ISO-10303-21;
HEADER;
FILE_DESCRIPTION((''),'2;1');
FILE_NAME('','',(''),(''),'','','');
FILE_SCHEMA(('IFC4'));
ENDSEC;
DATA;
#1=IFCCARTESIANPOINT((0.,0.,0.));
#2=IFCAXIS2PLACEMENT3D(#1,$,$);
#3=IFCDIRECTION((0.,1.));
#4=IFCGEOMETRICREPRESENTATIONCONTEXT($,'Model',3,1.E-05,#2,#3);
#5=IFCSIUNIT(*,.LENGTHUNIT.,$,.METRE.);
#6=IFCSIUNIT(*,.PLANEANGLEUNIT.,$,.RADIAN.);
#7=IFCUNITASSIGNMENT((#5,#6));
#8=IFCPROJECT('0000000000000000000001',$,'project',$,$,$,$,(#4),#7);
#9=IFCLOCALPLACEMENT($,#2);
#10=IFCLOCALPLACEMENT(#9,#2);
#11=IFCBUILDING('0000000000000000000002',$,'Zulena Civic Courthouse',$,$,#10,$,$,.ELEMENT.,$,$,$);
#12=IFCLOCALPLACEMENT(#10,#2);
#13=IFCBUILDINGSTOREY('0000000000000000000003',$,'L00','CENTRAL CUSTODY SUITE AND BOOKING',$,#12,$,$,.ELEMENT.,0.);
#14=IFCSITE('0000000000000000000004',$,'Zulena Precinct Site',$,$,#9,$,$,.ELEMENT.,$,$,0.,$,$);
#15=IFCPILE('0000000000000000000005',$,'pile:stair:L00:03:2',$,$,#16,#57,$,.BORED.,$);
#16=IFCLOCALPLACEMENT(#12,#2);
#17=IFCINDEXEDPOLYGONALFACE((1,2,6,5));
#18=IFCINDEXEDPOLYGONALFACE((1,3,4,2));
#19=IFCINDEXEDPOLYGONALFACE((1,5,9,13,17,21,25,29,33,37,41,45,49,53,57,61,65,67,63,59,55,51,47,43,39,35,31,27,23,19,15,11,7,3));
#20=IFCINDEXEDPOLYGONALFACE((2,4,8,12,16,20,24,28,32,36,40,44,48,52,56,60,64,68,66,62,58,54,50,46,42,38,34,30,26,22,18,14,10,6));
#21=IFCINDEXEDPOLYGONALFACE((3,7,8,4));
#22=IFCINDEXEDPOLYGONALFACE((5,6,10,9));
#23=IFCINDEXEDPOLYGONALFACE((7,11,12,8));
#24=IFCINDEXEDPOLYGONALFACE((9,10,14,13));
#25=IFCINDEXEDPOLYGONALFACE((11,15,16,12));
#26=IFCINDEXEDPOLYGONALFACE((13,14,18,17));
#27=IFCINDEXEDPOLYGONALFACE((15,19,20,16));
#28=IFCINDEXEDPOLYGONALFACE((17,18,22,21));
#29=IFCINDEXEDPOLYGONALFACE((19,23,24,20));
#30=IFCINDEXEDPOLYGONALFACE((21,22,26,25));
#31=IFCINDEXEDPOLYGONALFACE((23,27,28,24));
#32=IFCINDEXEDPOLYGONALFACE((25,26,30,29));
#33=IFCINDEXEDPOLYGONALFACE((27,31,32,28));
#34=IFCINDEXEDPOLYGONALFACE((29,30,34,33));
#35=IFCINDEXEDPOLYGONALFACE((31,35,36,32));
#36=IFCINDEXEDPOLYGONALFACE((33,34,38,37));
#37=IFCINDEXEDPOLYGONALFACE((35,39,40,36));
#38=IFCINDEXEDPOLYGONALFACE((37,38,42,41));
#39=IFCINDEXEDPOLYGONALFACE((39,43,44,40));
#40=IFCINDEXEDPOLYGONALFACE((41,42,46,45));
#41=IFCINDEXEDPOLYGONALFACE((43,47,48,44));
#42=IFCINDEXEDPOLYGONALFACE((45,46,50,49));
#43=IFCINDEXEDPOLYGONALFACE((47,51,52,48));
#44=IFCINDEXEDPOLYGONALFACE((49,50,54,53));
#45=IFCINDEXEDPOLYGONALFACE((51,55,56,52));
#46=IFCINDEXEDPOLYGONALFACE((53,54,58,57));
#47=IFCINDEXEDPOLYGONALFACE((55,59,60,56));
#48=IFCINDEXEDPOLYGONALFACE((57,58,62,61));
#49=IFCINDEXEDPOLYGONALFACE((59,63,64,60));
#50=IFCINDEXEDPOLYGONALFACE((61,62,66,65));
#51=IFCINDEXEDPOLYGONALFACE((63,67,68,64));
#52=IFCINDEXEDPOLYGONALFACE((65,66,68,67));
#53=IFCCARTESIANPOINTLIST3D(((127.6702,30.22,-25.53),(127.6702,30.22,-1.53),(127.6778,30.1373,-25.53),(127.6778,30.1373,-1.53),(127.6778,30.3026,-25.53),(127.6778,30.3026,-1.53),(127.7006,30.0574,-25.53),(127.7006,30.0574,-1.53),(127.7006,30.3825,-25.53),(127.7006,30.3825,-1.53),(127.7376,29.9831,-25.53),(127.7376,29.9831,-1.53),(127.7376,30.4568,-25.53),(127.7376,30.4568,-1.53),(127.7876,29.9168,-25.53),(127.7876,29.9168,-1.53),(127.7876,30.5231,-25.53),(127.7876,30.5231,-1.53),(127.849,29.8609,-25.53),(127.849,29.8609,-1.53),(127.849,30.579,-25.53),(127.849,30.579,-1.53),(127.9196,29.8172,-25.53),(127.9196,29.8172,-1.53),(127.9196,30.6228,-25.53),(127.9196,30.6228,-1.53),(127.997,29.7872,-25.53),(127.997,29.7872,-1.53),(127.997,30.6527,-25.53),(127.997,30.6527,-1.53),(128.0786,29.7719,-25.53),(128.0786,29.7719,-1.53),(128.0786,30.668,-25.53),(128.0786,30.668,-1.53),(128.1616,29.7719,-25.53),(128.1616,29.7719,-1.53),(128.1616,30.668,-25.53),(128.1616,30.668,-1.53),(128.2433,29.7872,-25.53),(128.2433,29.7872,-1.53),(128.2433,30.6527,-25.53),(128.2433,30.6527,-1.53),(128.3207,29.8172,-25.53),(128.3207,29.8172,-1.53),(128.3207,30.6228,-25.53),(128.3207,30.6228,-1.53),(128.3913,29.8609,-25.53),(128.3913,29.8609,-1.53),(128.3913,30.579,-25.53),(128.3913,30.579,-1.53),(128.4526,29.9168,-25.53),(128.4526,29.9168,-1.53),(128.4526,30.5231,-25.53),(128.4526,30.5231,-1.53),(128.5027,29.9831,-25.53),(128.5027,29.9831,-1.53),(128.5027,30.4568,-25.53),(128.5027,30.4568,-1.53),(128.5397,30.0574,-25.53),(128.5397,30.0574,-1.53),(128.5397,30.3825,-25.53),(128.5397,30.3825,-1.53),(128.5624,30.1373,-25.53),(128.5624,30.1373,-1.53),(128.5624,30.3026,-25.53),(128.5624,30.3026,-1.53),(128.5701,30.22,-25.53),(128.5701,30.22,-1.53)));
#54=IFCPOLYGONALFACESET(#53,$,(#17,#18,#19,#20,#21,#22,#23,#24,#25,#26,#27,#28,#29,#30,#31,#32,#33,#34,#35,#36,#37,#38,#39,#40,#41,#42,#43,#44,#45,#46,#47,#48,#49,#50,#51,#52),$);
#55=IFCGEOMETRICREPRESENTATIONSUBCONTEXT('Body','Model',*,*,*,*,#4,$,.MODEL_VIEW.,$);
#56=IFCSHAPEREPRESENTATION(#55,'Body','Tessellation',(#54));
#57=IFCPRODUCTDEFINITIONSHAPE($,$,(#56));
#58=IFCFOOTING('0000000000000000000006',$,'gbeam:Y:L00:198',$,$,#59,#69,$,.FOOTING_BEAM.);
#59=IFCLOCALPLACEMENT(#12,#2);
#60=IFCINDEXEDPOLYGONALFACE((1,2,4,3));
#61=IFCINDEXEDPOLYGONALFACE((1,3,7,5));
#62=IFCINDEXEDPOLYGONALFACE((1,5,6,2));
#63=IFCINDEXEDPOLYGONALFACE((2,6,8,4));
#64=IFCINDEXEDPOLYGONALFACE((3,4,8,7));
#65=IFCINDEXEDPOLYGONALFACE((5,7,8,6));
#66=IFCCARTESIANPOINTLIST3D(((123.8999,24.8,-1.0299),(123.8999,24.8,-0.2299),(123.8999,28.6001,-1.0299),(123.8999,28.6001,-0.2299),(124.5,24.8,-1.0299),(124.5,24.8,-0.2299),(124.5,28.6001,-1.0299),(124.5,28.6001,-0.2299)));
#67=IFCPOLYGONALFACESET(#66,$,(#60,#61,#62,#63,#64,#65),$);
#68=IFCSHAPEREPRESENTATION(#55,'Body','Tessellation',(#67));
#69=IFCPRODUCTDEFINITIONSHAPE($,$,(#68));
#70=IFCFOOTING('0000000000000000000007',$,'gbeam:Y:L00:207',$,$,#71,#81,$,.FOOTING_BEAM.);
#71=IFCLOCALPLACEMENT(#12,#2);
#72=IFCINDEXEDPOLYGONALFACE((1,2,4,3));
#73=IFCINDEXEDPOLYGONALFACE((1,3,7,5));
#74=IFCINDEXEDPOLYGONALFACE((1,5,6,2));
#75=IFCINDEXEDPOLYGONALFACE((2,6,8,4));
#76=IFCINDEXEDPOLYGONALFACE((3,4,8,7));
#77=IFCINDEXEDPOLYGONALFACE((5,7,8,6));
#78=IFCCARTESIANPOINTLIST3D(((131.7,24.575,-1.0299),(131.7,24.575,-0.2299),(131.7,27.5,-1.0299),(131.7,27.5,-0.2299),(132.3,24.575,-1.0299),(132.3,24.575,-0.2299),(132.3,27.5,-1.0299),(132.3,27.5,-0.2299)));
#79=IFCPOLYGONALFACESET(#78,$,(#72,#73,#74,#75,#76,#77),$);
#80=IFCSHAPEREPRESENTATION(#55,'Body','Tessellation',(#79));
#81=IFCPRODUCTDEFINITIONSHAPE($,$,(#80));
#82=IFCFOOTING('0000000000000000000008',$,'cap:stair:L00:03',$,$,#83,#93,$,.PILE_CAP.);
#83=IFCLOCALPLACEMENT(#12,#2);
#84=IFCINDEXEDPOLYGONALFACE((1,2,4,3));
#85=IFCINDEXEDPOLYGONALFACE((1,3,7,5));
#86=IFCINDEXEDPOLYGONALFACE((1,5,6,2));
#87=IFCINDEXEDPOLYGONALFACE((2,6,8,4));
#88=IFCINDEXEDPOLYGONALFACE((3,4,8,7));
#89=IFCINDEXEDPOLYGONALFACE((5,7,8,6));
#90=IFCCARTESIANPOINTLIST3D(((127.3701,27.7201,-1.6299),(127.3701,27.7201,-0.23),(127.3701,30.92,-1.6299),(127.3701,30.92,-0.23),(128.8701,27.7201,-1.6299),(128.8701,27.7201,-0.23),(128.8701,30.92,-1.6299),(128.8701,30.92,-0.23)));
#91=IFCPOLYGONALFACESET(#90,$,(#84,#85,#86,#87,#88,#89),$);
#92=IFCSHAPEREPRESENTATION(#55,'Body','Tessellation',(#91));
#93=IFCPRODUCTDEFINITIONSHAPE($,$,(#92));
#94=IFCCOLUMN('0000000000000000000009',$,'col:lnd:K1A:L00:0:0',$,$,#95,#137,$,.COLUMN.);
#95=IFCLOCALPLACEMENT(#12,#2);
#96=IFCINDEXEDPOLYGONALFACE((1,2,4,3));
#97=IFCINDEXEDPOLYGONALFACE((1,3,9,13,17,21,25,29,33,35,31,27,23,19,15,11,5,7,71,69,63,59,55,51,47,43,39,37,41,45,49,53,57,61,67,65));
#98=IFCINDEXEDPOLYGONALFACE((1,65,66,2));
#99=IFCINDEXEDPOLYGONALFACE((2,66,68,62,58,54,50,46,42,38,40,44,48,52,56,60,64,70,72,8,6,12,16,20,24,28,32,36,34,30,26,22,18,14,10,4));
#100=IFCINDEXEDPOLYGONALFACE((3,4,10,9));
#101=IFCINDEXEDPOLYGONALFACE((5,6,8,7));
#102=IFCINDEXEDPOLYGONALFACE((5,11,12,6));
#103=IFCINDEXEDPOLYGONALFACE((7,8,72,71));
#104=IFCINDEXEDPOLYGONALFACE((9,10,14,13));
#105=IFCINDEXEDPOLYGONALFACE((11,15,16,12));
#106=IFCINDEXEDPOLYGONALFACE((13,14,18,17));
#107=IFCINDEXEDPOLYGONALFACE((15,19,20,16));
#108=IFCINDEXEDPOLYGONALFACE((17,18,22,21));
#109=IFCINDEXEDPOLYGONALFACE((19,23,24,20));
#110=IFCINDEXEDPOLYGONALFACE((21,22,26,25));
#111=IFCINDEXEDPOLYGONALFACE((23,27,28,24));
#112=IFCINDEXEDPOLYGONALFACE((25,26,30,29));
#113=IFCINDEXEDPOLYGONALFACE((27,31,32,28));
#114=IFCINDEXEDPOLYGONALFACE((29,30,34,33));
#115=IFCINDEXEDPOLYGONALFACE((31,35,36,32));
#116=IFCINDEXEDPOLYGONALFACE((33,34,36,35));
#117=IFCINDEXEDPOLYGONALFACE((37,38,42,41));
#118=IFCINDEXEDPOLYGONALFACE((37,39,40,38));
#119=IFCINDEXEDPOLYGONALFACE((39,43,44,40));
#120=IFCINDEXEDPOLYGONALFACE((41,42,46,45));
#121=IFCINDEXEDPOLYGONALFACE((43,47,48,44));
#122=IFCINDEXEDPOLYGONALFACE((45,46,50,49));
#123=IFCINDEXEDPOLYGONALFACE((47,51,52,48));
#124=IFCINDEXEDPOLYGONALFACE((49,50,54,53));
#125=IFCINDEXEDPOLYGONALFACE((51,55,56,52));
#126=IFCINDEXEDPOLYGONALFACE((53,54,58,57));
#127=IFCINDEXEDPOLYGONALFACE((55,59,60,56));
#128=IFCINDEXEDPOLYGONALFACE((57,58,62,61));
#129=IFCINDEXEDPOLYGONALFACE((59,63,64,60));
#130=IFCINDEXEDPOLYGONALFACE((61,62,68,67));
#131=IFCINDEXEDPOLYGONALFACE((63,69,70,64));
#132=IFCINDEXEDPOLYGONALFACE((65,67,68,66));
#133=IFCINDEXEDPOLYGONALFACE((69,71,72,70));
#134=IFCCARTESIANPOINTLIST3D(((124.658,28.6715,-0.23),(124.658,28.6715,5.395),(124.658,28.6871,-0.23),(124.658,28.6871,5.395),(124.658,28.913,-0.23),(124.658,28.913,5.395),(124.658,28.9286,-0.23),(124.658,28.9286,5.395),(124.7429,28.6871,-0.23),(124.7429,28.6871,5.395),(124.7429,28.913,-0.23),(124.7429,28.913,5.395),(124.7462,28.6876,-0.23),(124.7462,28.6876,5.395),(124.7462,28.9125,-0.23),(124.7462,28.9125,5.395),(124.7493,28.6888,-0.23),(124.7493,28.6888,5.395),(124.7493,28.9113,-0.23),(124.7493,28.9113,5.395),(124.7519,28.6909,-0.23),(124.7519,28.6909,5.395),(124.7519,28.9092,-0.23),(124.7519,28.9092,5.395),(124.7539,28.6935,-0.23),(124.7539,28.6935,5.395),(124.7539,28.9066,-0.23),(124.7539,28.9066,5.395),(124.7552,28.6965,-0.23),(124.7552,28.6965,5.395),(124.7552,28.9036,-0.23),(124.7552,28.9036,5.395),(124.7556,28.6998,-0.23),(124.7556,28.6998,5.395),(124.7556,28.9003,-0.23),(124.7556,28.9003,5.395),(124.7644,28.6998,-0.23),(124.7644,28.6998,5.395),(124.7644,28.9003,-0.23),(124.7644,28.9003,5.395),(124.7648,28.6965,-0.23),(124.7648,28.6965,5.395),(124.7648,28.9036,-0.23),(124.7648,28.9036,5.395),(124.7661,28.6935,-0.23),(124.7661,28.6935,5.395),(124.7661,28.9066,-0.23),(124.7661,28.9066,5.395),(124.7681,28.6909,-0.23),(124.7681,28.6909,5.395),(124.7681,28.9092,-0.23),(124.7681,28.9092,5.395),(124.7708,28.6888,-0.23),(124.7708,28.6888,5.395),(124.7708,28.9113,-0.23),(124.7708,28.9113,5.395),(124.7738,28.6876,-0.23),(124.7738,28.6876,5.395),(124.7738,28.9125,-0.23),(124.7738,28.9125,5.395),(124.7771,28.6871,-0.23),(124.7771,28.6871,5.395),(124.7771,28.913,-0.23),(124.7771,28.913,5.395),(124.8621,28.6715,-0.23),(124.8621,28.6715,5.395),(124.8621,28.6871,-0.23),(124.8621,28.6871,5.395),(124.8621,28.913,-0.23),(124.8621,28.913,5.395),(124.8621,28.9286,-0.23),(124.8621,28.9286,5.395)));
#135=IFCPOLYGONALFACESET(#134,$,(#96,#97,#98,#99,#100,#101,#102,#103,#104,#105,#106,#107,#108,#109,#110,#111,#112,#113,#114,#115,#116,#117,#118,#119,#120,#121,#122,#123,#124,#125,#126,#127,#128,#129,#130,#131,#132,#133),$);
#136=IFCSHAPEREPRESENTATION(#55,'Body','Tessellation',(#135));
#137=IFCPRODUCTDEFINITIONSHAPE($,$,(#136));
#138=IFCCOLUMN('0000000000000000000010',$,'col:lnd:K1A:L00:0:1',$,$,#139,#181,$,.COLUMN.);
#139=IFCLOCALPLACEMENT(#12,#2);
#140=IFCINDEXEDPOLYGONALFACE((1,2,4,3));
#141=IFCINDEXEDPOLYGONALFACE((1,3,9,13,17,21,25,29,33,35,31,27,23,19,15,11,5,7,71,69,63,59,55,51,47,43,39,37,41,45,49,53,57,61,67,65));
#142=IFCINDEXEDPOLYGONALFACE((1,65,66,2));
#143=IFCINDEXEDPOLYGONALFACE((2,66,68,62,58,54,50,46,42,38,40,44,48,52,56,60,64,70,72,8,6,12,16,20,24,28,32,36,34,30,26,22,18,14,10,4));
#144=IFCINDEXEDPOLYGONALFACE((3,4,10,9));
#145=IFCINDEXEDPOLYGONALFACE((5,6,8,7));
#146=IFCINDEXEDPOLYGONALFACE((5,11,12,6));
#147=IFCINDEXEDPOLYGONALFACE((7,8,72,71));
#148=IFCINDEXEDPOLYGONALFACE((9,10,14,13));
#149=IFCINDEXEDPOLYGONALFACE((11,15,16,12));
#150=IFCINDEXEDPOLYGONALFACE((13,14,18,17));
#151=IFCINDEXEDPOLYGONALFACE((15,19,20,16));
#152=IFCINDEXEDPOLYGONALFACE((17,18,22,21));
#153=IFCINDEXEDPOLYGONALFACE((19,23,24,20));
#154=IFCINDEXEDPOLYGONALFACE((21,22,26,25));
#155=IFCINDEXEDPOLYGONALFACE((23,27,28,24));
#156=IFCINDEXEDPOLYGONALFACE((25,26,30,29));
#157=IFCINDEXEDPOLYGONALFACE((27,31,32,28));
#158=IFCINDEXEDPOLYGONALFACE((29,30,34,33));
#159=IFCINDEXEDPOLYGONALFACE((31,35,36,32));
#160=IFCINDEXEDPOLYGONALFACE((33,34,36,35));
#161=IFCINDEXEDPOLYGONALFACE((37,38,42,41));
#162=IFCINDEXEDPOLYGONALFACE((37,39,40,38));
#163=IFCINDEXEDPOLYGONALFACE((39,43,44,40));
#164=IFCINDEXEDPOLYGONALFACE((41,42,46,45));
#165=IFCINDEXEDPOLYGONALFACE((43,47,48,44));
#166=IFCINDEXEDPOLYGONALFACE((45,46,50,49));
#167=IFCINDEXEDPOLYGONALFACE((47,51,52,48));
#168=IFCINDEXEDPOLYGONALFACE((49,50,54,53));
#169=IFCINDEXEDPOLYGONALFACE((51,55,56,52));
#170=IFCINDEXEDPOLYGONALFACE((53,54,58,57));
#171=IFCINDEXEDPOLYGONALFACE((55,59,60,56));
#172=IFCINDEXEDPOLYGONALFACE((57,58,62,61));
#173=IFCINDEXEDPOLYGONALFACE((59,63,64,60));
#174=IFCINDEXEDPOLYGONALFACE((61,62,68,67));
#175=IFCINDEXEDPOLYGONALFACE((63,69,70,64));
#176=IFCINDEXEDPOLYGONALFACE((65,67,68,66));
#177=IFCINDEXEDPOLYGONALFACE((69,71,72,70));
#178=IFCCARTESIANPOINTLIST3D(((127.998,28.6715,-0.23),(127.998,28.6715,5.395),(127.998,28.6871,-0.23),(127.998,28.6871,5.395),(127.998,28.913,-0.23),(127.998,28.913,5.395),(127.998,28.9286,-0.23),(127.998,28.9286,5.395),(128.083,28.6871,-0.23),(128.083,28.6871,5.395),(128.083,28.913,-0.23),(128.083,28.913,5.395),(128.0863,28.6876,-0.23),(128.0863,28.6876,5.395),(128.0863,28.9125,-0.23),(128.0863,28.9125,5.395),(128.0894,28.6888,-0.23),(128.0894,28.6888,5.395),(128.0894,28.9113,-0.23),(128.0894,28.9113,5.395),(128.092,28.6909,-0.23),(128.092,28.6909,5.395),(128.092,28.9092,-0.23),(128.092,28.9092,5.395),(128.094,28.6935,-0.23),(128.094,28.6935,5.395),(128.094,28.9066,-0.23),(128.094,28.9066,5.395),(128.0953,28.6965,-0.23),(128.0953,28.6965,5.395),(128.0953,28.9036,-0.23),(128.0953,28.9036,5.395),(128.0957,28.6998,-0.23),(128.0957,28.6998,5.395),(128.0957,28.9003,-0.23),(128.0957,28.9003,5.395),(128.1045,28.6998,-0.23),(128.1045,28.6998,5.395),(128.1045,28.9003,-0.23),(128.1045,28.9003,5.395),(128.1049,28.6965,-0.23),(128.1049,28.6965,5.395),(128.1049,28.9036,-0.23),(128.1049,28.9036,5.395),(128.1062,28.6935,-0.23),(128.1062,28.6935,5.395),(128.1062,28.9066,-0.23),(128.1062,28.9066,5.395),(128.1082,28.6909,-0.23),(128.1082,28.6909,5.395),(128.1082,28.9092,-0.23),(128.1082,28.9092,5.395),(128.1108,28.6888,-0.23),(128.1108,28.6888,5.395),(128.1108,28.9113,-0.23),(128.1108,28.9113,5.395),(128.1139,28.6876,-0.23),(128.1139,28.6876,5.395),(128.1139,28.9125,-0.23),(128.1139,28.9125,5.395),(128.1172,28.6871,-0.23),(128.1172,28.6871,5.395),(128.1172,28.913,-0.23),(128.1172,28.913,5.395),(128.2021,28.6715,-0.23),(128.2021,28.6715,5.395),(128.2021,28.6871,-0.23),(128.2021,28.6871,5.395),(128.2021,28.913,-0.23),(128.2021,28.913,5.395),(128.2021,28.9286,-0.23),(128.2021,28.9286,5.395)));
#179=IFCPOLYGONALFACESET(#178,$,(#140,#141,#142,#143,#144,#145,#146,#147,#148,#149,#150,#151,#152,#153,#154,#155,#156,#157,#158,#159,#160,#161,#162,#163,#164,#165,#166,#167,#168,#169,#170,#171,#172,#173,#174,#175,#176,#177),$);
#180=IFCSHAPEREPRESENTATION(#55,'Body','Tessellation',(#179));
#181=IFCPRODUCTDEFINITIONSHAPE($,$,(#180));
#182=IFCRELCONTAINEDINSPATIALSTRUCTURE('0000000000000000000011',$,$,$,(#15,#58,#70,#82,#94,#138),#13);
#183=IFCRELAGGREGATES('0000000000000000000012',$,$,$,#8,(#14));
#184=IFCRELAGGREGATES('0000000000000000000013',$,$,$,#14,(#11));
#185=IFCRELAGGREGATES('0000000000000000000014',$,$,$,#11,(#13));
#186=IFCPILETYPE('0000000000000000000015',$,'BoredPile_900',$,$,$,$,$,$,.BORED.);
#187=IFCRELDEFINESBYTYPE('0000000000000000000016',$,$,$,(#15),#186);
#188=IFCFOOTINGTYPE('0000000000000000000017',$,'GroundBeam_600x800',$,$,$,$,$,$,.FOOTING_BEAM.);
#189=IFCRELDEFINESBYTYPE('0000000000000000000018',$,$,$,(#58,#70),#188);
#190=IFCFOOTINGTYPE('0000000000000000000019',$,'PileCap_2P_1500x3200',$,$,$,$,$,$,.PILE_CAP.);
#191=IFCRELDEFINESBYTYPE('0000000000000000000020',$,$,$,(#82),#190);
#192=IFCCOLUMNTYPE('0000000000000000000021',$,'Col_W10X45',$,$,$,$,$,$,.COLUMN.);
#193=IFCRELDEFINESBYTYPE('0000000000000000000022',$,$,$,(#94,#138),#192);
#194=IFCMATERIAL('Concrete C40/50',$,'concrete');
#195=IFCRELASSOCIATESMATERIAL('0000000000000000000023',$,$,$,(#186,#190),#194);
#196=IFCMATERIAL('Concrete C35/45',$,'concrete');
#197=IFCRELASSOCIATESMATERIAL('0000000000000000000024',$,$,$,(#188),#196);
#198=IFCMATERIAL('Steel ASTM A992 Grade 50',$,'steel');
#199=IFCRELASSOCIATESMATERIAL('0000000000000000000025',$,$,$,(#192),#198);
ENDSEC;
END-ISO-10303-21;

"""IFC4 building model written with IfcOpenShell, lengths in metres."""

from ifc_helpers import new_model, si_unit, direction, frame, origin, origin_2d, place, context, subcontext, project, spatial, rectangle, circle, i_section, extrude, material, material_profile, profile_set, type_object, element, save


model = new_model("IFC4")

# Units and contexts
model_context = context("Model", 3, precision=1e-05, world=origin(), true_north=direction((0.0, 1.0)))
body_context = subcontext(model_context, "Body", "Model", "MODEL_VIEW")
ifc_project = project(units=[si_unit("LENGTHUNIT", "METRE"), si_unit("PLANEANGLEUNIT", "RADIAN")], contexts=[model_context])

# Site, building, storey
site_placement = place(None, origin())
site = spatial("IfcSite", under=ifc_project, at=site_placement, Name="Zulena Precinct Site", CompositionType="ELEMENT", RefElevation=0.0)
building_placement = place(site_placement, origin())
building = spatial("IfcBuilding", under=site, at=building_placement, Name="Zulena Civic Courthouse", CompositionType="ELEMENT")
storey_placement = place(building_placement, origin())
storey = spatial("IfcBuildingStorey", under=building, at=storey_placement, Name="L00", Description="CENTRAL CUSTODY SUITE AND BOOKING", CompositionType="ELEMENT", Elevation=0.0)

# Pile
ifc_material_1 = material(Name="Concrete C40/50", Category="concrete")
ifc_material_profile_1 = material_profile(ifc_material_1, circle(Radius=0.45, at=origin_2d()), Name="PILE900")
ifc_profile_set_1 = profile_set([ifc_material_profile_1], Name="Concrete C40/50")
pile_type_1 = type_object("IfcPileType", Name="BoredPile_900", PredefinedType="BORED", material=ifc_profile_set_1)
for number, where, z_axis, x_axis, name in (
    (1, (128.1201, 30.22, -1.53), (0.0, 0.0, -1.0), (1.0, 0.0, 0.0), "pile:stair:L00:03:2"),
):
    element("IfcPile", number, at=place(storey_placement, frame(where, z_axis=z_axis, x_axis=x_axis)), inside=storey, type_object=pile_type_1, Name=name, PredefinedType="BORED", context=body_context, shape_type="SweptSolid", body=[
        extrude(circle(Radius=0.45, at=origin_2d()), origin(), (0.0, 0.0, 1.0), 24.0),
    ])

# Footings
ifc_material_2 = material(Name="Concrete C35/45", Category="concrete")
ifc_material_profile_2 = material_profile(ifc_material_2, rectangle(XDim=0.6001, YDim=0.8, at=origin_2d()), Name="RC600X800")
ifc_profile_set_2 = profile_set([ifc_material_profile_2], Name="Concrete C35/45")
footing_type_1 = type_object("IfcFootingType", Name="GroundBeam_600x800", PredefinedType="FOOTING_BEAM", material=ifc_profile_set_2)
footing_1_placement = place(storey_placement, frame((124.2, 24.8, -0.6299), z_axis=(0.0, 1.0, 0.0), x_axis=(-1.0, 0.0, 0.0)))
element("IfcFooting", 2, at=footing_1_placement, inside=storey, type_object=footing_type_1, Name="gbeam:Y:L00:198", PredefinedType="FOOTING_BEAM", context=body_context, shape_type="SweptSolid", body=[
    extrude(rectangle(XDim=0.6001, YDim=0.8, at=origin_2d()), origin(), (0.0, 0.0, 1.0), 3.8),
])
footing_2_placement = place(storey_placement, frame((132.0, 24.575, -0.6299), z_axis=(0.0, 1.0, 0.0), x_axis=(-1.0, 0.0, 0.0)))
element("IfcFooting", 3, at=footing_2_placement, inside=storey, type_object=footing_type_1, Name="gbeam:Y:L00:207", PredefinedType="FOOTING_BEAM", context=body_context, shape_type="SweptSolid", body=[
    extrude(rectangle(XDim=0.6001, YDim=0.8, at=origin_2d()), origin(), (0.0, 0.0, 1.0), 2.925),
])
footing_type_2 = type_object("IfcFootingType", Name="PileCap_2P_1500x3200", PredefinedType="PILE_CAP", material=ifc_material_1)
footing_3_placement = place(storey_placement, frame((128.1201, 29.3201, -1.6299), z_axis=(0.0, 0.0, 1.0), x_axis=(1.0, 0.0, 0.0)))
element("IfcFooting", 4, at=footing_3_placement, inside=storey, type_object=footing_type_2, Name="cap:stair:L00:03", PredefinedType="PILE_CAP", context=body_context, shape_type="SweptSolid", body=[
    extrude(rectangle(XDim=1.5, YDim=3.2, at=origin_2d()), origin(), (0.0, 0.0, 1.0), 1.3999),
])

# Columns
ifc_material_3 = material(Name="Steel ASTM A992 Grade 50", Category="steel")
ifc_material_profile_3 = material_profile(ifc_material_3, i_section(OverallWidth=0.2041, OverallDepth=0.2571, WebThickness=0.0088, FlangeThickness=0.0156, FilletRadius=0.0127, at=origin_2d()), Name="W10X45")
ifc_profile_set_3 = profile_set([ifc_material_profile_3], Name="Steel ASTM A992 Grade 50")
column_type_1 = type_object("IfcColumnType", Name="Col_W10X45", PredefinedType="COLUMN", material=ifc_profile_set_3)
for number, where, z_axis, x_axis, name in (
    (5, (124.76, 28.8, -0.23), (0.0, 0.0, 1.0), (1.0, 0.0, 0.0), "col:lnd:K1A:L00:0:0"),
    (6, (128.1001, 28.8, -0.23), (0.0, 0.0, 1.0), (1.0, 0.0, 0.0), "col:lnd:K1A:L00:0:1"),
):
    element("IfcColumn", number, at=place(storey_placement, frame(where, z_axis=z_axis, x_axis=x_axis)), inside=storey, type_object=column_type_1, Name=name, PredefinedType="COLUMN", context=body_context, shape_type="SweptSolid", body=[
        extrude(i_section(OverallWidth=0.2041, OverallDepth=0.2571, WebThickness=0.0088, FlangeThickness=0.0156, FilletRadius=0.0127, at=origin_2d()), origin(), (0.0, 0.0, 1.0), 5.625),
    ])

save(model, "model.ifc")
